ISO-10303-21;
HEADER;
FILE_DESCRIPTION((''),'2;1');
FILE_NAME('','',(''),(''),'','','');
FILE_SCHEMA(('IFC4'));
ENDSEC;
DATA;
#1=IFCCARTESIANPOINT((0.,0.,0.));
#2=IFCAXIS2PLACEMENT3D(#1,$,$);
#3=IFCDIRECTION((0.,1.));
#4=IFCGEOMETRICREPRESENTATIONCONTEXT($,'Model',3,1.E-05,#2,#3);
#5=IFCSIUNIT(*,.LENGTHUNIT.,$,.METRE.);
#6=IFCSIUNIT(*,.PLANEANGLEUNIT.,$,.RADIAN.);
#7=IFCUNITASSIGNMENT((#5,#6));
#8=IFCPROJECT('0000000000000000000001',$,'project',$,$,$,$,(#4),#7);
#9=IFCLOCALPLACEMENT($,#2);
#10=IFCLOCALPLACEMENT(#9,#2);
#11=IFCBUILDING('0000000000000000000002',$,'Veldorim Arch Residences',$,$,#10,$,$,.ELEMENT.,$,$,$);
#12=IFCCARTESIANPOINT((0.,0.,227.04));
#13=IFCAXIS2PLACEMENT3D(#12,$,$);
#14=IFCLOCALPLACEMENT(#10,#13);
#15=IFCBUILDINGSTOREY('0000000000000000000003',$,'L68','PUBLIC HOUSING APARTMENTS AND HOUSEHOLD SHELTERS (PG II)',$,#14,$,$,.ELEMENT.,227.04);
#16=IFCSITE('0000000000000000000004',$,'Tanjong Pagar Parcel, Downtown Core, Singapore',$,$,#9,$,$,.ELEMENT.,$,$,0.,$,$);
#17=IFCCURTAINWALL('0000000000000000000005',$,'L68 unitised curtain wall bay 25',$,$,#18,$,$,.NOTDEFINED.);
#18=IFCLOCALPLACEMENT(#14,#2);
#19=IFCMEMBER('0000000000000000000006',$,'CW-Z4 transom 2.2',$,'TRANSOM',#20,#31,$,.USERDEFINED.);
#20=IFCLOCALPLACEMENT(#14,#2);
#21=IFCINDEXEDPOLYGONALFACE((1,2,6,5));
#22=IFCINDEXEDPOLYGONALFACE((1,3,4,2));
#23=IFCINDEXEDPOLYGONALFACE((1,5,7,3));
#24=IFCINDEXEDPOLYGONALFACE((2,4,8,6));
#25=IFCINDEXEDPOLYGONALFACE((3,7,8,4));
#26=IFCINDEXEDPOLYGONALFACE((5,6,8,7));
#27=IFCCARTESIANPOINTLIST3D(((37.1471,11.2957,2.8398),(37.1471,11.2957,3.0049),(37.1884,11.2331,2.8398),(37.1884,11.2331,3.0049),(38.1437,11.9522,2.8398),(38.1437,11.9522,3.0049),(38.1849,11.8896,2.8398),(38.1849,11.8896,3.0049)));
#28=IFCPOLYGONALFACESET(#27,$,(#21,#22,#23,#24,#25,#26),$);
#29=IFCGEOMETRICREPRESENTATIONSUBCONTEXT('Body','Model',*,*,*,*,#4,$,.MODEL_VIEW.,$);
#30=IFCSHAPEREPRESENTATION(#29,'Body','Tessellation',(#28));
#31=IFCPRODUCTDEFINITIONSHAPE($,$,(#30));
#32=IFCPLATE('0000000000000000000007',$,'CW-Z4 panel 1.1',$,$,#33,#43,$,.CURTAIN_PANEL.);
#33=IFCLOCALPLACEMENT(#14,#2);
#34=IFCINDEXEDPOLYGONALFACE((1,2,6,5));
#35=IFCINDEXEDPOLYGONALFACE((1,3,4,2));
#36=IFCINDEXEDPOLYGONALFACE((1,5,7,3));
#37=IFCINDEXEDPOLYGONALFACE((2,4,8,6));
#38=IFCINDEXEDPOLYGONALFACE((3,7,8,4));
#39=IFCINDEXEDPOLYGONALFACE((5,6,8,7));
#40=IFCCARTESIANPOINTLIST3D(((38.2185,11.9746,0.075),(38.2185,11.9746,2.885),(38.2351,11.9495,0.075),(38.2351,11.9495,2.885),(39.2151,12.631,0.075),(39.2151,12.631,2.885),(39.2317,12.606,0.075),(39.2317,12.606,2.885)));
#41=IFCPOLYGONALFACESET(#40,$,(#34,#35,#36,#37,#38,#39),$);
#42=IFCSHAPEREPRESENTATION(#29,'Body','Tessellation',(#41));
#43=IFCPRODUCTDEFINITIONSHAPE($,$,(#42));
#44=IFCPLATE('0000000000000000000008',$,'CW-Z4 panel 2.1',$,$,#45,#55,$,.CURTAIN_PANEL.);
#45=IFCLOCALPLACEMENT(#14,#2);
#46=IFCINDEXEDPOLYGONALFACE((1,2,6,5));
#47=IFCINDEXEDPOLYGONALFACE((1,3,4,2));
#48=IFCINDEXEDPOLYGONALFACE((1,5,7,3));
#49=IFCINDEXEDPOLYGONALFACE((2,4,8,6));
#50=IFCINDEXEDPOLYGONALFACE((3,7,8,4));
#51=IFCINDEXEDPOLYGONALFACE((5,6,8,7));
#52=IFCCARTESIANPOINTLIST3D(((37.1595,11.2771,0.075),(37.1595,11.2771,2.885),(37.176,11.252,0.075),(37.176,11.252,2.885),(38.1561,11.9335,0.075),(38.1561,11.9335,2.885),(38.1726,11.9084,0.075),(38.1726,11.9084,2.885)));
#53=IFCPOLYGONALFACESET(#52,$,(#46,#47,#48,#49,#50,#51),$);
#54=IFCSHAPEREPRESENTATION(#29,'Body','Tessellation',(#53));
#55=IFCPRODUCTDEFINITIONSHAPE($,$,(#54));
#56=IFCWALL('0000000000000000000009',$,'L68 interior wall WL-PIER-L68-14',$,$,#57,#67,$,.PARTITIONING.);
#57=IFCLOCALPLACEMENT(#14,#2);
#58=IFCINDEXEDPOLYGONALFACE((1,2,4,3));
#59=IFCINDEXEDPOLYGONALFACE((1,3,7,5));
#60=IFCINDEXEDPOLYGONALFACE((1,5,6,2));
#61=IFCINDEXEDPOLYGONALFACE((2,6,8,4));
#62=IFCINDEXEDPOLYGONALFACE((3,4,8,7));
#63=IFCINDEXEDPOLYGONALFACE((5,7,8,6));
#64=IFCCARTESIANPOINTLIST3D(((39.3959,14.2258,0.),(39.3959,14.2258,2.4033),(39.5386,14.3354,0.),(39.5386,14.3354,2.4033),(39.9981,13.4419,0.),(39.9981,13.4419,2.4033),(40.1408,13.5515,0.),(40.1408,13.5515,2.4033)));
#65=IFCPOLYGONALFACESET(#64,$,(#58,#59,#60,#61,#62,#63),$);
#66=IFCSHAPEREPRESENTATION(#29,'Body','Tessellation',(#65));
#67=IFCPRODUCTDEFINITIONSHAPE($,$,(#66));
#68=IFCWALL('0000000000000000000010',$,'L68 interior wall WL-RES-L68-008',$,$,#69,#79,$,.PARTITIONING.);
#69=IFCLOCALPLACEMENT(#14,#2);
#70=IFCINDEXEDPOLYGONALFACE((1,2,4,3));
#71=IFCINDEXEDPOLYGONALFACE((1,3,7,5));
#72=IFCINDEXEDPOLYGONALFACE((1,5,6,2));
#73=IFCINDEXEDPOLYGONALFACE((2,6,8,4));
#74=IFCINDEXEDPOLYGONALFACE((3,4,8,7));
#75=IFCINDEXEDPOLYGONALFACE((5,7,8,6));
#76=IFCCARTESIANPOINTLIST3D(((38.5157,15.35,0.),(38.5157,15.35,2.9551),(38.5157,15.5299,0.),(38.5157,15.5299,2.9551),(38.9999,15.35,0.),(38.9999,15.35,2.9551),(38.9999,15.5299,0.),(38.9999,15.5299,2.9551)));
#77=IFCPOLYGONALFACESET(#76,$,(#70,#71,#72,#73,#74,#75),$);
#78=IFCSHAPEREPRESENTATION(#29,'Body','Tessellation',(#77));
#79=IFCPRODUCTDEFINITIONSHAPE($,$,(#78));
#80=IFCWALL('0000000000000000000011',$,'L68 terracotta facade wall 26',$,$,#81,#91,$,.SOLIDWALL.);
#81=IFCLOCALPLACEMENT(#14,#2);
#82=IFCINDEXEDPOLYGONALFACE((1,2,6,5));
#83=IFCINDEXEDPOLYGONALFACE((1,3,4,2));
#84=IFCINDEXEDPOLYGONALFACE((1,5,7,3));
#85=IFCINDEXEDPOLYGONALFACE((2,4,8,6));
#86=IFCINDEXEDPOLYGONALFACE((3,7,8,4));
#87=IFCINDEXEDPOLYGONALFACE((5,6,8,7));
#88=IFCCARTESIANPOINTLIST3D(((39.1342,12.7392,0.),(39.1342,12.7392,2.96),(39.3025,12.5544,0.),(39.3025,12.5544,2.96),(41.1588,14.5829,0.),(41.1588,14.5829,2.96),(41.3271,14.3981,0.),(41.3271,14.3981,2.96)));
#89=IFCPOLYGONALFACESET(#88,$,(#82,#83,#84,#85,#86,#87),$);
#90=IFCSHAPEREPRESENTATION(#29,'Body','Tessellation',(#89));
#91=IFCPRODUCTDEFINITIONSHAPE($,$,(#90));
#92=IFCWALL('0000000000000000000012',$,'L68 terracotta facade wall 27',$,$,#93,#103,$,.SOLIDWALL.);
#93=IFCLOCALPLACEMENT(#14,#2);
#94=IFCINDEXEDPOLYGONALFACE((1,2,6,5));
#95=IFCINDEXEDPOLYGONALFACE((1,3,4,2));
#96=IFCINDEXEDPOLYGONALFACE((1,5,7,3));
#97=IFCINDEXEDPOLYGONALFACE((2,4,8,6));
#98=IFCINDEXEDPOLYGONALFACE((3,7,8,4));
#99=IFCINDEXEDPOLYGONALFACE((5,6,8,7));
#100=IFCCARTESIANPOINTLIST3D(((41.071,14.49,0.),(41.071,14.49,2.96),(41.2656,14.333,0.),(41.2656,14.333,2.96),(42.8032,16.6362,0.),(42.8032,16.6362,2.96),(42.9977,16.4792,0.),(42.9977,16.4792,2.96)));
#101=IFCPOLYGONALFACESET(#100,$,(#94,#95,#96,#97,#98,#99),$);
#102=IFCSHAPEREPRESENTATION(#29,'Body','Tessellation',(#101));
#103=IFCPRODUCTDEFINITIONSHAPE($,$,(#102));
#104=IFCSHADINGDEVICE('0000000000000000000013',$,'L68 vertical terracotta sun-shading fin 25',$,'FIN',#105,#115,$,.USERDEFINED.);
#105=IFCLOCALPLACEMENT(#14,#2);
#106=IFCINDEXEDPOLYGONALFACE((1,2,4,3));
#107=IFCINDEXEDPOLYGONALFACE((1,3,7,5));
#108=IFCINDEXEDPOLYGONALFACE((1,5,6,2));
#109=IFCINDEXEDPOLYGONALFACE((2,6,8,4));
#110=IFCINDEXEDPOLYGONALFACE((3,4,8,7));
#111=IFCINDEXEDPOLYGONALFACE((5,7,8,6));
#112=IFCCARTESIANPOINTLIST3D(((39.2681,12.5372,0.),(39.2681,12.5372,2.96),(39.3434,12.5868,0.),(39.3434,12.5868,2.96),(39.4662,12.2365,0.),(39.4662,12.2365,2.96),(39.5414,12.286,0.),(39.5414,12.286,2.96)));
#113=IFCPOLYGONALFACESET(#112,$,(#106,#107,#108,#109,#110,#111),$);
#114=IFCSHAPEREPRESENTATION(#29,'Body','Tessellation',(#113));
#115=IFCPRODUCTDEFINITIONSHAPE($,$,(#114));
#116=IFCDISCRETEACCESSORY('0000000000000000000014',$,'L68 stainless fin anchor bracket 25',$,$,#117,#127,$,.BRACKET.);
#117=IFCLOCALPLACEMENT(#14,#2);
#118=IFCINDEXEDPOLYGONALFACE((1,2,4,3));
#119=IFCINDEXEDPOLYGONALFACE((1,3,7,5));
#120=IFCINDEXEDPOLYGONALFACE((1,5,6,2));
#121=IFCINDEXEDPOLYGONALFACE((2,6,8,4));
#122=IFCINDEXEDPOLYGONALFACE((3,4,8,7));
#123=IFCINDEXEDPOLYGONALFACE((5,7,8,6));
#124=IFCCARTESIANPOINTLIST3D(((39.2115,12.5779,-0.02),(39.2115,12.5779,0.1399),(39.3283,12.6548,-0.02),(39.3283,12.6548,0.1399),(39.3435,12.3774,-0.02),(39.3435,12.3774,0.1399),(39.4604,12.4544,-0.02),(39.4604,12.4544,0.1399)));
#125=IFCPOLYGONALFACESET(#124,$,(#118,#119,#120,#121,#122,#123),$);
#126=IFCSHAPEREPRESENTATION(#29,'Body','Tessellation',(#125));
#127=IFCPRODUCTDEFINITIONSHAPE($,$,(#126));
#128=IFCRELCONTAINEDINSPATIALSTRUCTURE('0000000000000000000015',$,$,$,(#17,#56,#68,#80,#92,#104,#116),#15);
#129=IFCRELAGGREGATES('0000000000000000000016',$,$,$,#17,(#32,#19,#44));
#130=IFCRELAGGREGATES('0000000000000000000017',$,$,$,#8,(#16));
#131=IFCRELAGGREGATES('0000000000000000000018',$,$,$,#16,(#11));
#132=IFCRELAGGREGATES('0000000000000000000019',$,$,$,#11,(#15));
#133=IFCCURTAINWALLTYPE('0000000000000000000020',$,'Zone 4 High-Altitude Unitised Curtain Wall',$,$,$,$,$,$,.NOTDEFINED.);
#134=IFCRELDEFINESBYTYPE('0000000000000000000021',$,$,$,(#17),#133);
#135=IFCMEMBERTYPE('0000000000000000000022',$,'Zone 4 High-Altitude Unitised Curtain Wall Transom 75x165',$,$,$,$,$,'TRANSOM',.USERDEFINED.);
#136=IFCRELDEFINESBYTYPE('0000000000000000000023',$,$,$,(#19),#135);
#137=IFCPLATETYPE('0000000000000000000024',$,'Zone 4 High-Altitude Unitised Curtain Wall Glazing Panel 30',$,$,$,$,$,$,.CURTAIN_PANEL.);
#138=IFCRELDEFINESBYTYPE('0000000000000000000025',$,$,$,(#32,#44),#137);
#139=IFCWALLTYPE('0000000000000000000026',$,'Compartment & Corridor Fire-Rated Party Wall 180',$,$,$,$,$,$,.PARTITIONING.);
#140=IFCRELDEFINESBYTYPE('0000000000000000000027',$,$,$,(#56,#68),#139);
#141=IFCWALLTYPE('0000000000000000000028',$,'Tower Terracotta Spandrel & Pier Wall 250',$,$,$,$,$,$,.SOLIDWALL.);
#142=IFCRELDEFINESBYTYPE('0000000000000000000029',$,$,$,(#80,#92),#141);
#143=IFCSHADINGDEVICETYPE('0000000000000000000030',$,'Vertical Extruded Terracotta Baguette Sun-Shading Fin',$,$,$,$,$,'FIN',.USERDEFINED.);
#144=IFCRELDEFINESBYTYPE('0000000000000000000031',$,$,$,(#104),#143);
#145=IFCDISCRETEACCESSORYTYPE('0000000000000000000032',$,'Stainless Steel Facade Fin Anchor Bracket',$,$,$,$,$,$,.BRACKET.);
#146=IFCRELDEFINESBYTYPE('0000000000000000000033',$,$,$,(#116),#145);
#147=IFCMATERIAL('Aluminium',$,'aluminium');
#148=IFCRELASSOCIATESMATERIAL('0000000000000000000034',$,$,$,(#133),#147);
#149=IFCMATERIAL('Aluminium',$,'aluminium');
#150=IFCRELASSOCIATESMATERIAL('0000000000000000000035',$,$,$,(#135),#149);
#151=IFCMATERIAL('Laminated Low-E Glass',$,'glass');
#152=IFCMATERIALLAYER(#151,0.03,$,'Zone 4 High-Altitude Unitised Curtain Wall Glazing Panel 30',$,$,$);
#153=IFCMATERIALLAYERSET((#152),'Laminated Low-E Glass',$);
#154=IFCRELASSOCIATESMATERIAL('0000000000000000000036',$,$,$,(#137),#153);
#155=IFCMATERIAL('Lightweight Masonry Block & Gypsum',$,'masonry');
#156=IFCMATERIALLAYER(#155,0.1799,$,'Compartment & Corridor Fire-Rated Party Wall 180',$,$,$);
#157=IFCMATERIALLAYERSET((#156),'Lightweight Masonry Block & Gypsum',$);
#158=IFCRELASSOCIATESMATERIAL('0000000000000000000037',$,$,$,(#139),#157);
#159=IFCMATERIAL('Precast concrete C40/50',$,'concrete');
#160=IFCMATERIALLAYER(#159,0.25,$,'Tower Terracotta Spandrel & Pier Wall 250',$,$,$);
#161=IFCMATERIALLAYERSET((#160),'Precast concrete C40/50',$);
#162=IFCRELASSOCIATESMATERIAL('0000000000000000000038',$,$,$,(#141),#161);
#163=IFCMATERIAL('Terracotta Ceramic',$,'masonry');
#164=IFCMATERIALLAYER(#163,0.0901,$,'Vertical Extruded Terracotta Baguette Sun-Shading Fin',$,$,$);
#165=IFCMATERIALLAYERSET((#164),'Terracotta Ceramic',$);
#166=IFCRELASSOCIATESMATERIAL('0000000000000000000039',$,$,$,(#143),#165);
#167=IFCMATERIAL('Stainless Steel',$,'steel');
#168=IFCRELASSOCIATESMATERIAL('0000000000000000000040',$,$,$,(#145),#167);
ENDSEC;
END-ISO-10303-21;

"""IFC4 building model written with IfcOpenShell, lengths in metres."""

from ifc_helpers import new_model, si_unit, direction, frame, frame_2d, origin, origin_2d, place, context, subcontext, project, spatial, rectangle, extrude, material, layer, layer_set, material_profile, profile_set, type_object, element, aggregate, save


model = new_model("IFC4")

# Units and contexts
model_context = context("Model", 3, precision=1e-05, world=origin(), true_north=direction((0.0, 1.0)))
body_context = subcontext(model_context, "Body", "Model", "MODEL_VIEW")
ifc_project = project(units=[si_unit("LENGTHUNIT", "METRE"), si_unit("PLANEANGLEUNIT", "RADIAN")], contexts=[model_context])

# Site, building, storey
site_placement = place(None, origin())
site = spatial("IfcSite", under=ifc_project, at=site_placement, Name="Tanjong Pagar Parcel, Downtown Core, Singapore", CompositionType="ELEMENT", RefElevation=0.0)
building_placement = place(site_placement, origin())
building = spatial("IfcBuilding", under=site, at=building_placement, Name="Veldorim Arch Residences", CompositionType="ELEMENT")
storey_placement = place(building_placement, frame((0.0, 0.0, 227.04)))
storey = spatial("IfcBuildingStorey", under=building, at=storey_placement, Name="L68", Description="PUBLIC HOUSING APARTMENTS AND HOUSEHOLD SHELTERS (PG II)", CompositionType="ELEMENT", Elevation=227.04)

# Curtain wall, member, plates
ifc_material_1 = material(Name="Aluminium", Category="aluminium")
curtain_wall_type = type_object("IfcCurtainWallType", Name="Zone 4 High-Altitude Unitised Curtain Wall", PredefinedType="NOTDEFINED", material=ifc_material_1)
curtain_wall_placement = place(storey_placement, origin())
curtain_wall = element("IfcCurtainWall", 1, at=curtain_wall_placement, inside=storey, type_object=curtain_wall_type, Name="L68 unitised curtain wall bay 25", PredefinedType="NOTDEFINED")
ifc_material_2 = material(Name="Aluminium", Category="aluminium")
ifc_material_profile_1 = material_profile(ifc_material_2, rectangle(XDim=0.075, YDim=0.165, at=origin_2d()), Name="ALU_TRN_75x165")
ifc_profile_set_1 = profile_set([ifc_material_profile_1], Name="Aluminium")
member_type_1 = type_object("IfcMemberType", Name="Zone 4 High-Altitude Unitised Curtain Wall Transom 75x165", ElementType="TRANSOM", PredefinedType="USERDEFINED", material=ifc_profile_set_1)
member_1_placement = place(storey_placement, frame((38.1643, 11.9209, 2.9224), z_axis=(-0.835091, -0.550112, 0.0), x_axis=(0.550112, -0.835091, 0.0)))
member_1 = element("IfcMember", 2, at=member_1_placement, type_object=member_type_1, Name="CW-Z4 transom 2.2", ObjectType="TRANSOM", PredefinedType="USERDEFINED", context=body_context, shape_type="SweptSolid", body=[
    extrude(rectangle(XDim=0.075, YDim=0.165, at=origin_2d()), origin(), (0.0, 0.0, 1.0), 1.1934),
])
ifc_material_3 = material(Name="Laminated Low-E Glass", Category="glass")
ifc_layer_1 = layer(ifc_material_3, 0.03, Name="Zone 4 High-Altitude Unitised Curtain Wall Glazing Panel 30")
ifc_layer_set_1 = layer_set([ifc_layer_1], Name="Laminated Low-E Glass")
plate_type = type_object("IfcPlateType", Name="Zone 4 High-Altitude Unitised Curtain Wall Glazing Panel 30", PredefinedType="CURTAIN_PANEL", material=ifc_layer_set_1)
plate_1_placement = place(storey_placement, frame((38.7251, 12.2903, 0.075), z_axis=(0.0, 0.0, 1.0), x_axis=(-0.835124, -0.550062, 0.0)))
plate_1 = element("IfcPlate", 3, at=plate_1_placement, type_object=plate_type, Name="CW-Z4 panel 1.1", PredefinedType="CURTAIN_PANEL", context=body_context, shape_type="SweptSolid", body=[
    extrude(rectangle(XDim=1.1934, YDim=0.03, at=origin_2d()), origin(), (0.0, 0.0, 1.0), 2.8101),
])
plate_2_placement = place(storey_placement, frame((37.666, 11.5928, 0.075), z_axis=(0.0, 0.0, 1.0), x_axis=(-0.835124, -0.550062, 0.0)))
plate_2 = element("IfcPlate", 4, at=plate_2_placement, type_object=plate_type, Name="CW-Z4 panel 2.1", PredefinedType="CURTAIN_PANEL", context=body_context, shape_type="SweptSolid", body=[
    extrude(rectangle(XDim=1.1934, YDim=0.03, at=origin_2d()), origin(), (0.0, 0.0, 1.0), 2.8101),
])
aggregate(curtain_wall, [plate_1, member_1, plate_2])

# Walls
ifc_material_4 = material(Name="Lightweight Masonry Block & Gypsum", Category="masonry")
ifc_layer_2 = layer(ifc_material_4, 0.1799, Name="Compartment & Corridor Fire-Rated Party Wall 180")
ifc_layer_set_2 = layer_set([ifc_layer_2], Name="Lightweight Masonry Block & Gypsum")
wall_type_1 = type_object("IfcWallType", Name="Compartment & Corridor Fire-Rated Party Wall 180", PredefinedType="PARTITIONING", material=ifc_layer_set_2)
wall_1_placement = place(storey_placement, frame((39.4673, 14.2805, 0.0), z_axis=(0.0, 0.0, 1.0), x_axis=(0.609245, -0.792982, 0.0)))
element("IfcWall", 5, at=wall_1_placement, inside=storey, type_object=wall_type_1, Name="L68 interior wall WL-PIER-L68-14", PredefinedType="PARTITIONING", context=body_context, shape_type="SweptSolid", body=[
    extrude(rectangle(XDim=0.9885, YDim=0.1799, at=frame_2d((0.4941, 0.0))), origin(), (0.0, 0.0, 1.0), 2.4033),
])
wall_2_placement = place(storey_placement, frame((39.0, 15.4399, 0.0), z_axis=(0.0, 0.0, 1.0), x_axis=(-1.0, 0.0, 0.0)))
element("IfcWall", 6, at=wall_2_placement, inside=storey, type_object=wall_type_1, Name="L68 interior wall WL-RES-L68-008", PredefinedType="PARTITIONING", context=body_context, shape_type="SweptSolid", body=[
    extrude(rectangle(XDim=0.4841, YDim=0.1799, at=frame_2d((0.2422, 0.0))), origin(), (0.0, 0.0, 1.0), 2.9551),
])
ifc_material_5 = material(Name="Precast concrete C40/50", Category="concrete")
ifc_layer_3 = layer(ifc_material_5, 0.25, Name="Tower Terracotta Spandrel & Pier Wall 250")
ifc_layer_set_3 = layer_set([ifc_layer_3], Name="Precast concrete C40/50")
wall_type_2 = type_object("IfcWallType", Name="Tower Terracotta Spandrel & Pier Wall 250", PredefinedType="SOLIDWALL", material=ifc_layer_set_3)
wall_3_placement = place(storey_placement, frame((41.2429, 14.4905, 0.0), z_axis=(0.0, 0.0, 1.0), x_axis=(-0.739367, -0.673303, 0.0)))
element("IfcWall", 7, at=wall_3_placement, inside=storey, type_object=wall_type_2, Name="L68 terracotta facade wall 26", PredefinedType="SOLIDWALL", context=body_context, shape_type="SweptSolid", body=[
    extrude(rectangle(XDim=2.7383, YDim=0.25, at=frame_2d((1.3691, 0.0))), origin(), (0.0, 0.0, 1.0), 2.96),
])
wall_4_placement = place(storey_placement, frame((42.9004, 16.5576, 0.0), z_axis=(0.0, 0.0, 1.0), x_axis=(-0.628047, -0.778176, 0.0)))
element("IfcWall", 8, at=wall_4_placement, inside=storey, type_object=wall_type_2, Name="L68 terracotta facade wall 27", PredefinedType="SOLIDWALL", context=body_context, shape_type="SweptSolid", body=[
    extrude(rectangle(XDim=2.7581, YDim=0.25, at=frame_2d((1.3789, 0.0))), origin(), (0.0, 0.0, 1.0), 2.96),
])

# Shading device
ifc_material_6 = material(Name="Terracotta Ceramic", Category="masonry")
ifc_layer_4 = layer(ifc_material_6, 0.0901, Name="Vertical Extruded Terracotta Baguette Sun-Shading Fin")
ifc_layer_set_4 = layer_set([ifc_layer_4], Name="Terracotta Ceramic")
shading_device_type = type_object("IfcShadingDeviceType", Name="Vertical Extruded Terracotta Baguette Sun-Shading Fin", ElementType="FIN", PredefinedType="USERDEFINED", material=ifc_layer_set_4)
shading_device_placement = place(storey_placement, frame((39.4048, 12.4116, 0.0), z_axis=(0.0, 0.0, 1.0), x_axis=(-0.835136, -0.550044, 0.0)))
element("IfcShadingDevice", 9, at=shading_device_placement, inside=storey, type_object=shading_device_type, Name="L68 vertical terracotta sun-shading fin 25", ObjectType="FIN", PredefinedType="USERDEFINED", context=body_context, shape_type="SweptSolid", body=[
    extrude(rectangle(XDim=0.0901, YDim=0.3601, at=origin_2d()), origin(), (0.0, 0.0, 1.0), 2.96),
])

# Discrete accessory
ifc_material_7 = material(Name="Stainless Steel", Category="steel")
discrete_accessory_type = type_object("IfcDiscreteAccessoryType", Name="Stainless Steel Facade Fin Anchor Bracket", PredefinedType="BRACKET", material=ifc_material_7)
discrete_accessory_placement = place(storey_placement, frame((39.3359, 12.5161, -0.02), z_axis=(0.0, 0.0, 1.0), x_axis=(-0.835136, -0.550044, 0.0)))
element("IfcDiscreteAccessory", 10, at=discrete_accessory_placement, inside=storey, type_object=discrete_accessory_type, Name="L68 stainless fin anchor bracket 25", PredefinedType="BRACKET", context=body_context, shape_type="SweptSolid", body=[
    extrude(rectangle(XDim=0.1399, YDim=0.24, at=origin_2d()), origin(), (0.0, 0.0, 1.0), 0.1599),
])

save(model, "model.ifc")
